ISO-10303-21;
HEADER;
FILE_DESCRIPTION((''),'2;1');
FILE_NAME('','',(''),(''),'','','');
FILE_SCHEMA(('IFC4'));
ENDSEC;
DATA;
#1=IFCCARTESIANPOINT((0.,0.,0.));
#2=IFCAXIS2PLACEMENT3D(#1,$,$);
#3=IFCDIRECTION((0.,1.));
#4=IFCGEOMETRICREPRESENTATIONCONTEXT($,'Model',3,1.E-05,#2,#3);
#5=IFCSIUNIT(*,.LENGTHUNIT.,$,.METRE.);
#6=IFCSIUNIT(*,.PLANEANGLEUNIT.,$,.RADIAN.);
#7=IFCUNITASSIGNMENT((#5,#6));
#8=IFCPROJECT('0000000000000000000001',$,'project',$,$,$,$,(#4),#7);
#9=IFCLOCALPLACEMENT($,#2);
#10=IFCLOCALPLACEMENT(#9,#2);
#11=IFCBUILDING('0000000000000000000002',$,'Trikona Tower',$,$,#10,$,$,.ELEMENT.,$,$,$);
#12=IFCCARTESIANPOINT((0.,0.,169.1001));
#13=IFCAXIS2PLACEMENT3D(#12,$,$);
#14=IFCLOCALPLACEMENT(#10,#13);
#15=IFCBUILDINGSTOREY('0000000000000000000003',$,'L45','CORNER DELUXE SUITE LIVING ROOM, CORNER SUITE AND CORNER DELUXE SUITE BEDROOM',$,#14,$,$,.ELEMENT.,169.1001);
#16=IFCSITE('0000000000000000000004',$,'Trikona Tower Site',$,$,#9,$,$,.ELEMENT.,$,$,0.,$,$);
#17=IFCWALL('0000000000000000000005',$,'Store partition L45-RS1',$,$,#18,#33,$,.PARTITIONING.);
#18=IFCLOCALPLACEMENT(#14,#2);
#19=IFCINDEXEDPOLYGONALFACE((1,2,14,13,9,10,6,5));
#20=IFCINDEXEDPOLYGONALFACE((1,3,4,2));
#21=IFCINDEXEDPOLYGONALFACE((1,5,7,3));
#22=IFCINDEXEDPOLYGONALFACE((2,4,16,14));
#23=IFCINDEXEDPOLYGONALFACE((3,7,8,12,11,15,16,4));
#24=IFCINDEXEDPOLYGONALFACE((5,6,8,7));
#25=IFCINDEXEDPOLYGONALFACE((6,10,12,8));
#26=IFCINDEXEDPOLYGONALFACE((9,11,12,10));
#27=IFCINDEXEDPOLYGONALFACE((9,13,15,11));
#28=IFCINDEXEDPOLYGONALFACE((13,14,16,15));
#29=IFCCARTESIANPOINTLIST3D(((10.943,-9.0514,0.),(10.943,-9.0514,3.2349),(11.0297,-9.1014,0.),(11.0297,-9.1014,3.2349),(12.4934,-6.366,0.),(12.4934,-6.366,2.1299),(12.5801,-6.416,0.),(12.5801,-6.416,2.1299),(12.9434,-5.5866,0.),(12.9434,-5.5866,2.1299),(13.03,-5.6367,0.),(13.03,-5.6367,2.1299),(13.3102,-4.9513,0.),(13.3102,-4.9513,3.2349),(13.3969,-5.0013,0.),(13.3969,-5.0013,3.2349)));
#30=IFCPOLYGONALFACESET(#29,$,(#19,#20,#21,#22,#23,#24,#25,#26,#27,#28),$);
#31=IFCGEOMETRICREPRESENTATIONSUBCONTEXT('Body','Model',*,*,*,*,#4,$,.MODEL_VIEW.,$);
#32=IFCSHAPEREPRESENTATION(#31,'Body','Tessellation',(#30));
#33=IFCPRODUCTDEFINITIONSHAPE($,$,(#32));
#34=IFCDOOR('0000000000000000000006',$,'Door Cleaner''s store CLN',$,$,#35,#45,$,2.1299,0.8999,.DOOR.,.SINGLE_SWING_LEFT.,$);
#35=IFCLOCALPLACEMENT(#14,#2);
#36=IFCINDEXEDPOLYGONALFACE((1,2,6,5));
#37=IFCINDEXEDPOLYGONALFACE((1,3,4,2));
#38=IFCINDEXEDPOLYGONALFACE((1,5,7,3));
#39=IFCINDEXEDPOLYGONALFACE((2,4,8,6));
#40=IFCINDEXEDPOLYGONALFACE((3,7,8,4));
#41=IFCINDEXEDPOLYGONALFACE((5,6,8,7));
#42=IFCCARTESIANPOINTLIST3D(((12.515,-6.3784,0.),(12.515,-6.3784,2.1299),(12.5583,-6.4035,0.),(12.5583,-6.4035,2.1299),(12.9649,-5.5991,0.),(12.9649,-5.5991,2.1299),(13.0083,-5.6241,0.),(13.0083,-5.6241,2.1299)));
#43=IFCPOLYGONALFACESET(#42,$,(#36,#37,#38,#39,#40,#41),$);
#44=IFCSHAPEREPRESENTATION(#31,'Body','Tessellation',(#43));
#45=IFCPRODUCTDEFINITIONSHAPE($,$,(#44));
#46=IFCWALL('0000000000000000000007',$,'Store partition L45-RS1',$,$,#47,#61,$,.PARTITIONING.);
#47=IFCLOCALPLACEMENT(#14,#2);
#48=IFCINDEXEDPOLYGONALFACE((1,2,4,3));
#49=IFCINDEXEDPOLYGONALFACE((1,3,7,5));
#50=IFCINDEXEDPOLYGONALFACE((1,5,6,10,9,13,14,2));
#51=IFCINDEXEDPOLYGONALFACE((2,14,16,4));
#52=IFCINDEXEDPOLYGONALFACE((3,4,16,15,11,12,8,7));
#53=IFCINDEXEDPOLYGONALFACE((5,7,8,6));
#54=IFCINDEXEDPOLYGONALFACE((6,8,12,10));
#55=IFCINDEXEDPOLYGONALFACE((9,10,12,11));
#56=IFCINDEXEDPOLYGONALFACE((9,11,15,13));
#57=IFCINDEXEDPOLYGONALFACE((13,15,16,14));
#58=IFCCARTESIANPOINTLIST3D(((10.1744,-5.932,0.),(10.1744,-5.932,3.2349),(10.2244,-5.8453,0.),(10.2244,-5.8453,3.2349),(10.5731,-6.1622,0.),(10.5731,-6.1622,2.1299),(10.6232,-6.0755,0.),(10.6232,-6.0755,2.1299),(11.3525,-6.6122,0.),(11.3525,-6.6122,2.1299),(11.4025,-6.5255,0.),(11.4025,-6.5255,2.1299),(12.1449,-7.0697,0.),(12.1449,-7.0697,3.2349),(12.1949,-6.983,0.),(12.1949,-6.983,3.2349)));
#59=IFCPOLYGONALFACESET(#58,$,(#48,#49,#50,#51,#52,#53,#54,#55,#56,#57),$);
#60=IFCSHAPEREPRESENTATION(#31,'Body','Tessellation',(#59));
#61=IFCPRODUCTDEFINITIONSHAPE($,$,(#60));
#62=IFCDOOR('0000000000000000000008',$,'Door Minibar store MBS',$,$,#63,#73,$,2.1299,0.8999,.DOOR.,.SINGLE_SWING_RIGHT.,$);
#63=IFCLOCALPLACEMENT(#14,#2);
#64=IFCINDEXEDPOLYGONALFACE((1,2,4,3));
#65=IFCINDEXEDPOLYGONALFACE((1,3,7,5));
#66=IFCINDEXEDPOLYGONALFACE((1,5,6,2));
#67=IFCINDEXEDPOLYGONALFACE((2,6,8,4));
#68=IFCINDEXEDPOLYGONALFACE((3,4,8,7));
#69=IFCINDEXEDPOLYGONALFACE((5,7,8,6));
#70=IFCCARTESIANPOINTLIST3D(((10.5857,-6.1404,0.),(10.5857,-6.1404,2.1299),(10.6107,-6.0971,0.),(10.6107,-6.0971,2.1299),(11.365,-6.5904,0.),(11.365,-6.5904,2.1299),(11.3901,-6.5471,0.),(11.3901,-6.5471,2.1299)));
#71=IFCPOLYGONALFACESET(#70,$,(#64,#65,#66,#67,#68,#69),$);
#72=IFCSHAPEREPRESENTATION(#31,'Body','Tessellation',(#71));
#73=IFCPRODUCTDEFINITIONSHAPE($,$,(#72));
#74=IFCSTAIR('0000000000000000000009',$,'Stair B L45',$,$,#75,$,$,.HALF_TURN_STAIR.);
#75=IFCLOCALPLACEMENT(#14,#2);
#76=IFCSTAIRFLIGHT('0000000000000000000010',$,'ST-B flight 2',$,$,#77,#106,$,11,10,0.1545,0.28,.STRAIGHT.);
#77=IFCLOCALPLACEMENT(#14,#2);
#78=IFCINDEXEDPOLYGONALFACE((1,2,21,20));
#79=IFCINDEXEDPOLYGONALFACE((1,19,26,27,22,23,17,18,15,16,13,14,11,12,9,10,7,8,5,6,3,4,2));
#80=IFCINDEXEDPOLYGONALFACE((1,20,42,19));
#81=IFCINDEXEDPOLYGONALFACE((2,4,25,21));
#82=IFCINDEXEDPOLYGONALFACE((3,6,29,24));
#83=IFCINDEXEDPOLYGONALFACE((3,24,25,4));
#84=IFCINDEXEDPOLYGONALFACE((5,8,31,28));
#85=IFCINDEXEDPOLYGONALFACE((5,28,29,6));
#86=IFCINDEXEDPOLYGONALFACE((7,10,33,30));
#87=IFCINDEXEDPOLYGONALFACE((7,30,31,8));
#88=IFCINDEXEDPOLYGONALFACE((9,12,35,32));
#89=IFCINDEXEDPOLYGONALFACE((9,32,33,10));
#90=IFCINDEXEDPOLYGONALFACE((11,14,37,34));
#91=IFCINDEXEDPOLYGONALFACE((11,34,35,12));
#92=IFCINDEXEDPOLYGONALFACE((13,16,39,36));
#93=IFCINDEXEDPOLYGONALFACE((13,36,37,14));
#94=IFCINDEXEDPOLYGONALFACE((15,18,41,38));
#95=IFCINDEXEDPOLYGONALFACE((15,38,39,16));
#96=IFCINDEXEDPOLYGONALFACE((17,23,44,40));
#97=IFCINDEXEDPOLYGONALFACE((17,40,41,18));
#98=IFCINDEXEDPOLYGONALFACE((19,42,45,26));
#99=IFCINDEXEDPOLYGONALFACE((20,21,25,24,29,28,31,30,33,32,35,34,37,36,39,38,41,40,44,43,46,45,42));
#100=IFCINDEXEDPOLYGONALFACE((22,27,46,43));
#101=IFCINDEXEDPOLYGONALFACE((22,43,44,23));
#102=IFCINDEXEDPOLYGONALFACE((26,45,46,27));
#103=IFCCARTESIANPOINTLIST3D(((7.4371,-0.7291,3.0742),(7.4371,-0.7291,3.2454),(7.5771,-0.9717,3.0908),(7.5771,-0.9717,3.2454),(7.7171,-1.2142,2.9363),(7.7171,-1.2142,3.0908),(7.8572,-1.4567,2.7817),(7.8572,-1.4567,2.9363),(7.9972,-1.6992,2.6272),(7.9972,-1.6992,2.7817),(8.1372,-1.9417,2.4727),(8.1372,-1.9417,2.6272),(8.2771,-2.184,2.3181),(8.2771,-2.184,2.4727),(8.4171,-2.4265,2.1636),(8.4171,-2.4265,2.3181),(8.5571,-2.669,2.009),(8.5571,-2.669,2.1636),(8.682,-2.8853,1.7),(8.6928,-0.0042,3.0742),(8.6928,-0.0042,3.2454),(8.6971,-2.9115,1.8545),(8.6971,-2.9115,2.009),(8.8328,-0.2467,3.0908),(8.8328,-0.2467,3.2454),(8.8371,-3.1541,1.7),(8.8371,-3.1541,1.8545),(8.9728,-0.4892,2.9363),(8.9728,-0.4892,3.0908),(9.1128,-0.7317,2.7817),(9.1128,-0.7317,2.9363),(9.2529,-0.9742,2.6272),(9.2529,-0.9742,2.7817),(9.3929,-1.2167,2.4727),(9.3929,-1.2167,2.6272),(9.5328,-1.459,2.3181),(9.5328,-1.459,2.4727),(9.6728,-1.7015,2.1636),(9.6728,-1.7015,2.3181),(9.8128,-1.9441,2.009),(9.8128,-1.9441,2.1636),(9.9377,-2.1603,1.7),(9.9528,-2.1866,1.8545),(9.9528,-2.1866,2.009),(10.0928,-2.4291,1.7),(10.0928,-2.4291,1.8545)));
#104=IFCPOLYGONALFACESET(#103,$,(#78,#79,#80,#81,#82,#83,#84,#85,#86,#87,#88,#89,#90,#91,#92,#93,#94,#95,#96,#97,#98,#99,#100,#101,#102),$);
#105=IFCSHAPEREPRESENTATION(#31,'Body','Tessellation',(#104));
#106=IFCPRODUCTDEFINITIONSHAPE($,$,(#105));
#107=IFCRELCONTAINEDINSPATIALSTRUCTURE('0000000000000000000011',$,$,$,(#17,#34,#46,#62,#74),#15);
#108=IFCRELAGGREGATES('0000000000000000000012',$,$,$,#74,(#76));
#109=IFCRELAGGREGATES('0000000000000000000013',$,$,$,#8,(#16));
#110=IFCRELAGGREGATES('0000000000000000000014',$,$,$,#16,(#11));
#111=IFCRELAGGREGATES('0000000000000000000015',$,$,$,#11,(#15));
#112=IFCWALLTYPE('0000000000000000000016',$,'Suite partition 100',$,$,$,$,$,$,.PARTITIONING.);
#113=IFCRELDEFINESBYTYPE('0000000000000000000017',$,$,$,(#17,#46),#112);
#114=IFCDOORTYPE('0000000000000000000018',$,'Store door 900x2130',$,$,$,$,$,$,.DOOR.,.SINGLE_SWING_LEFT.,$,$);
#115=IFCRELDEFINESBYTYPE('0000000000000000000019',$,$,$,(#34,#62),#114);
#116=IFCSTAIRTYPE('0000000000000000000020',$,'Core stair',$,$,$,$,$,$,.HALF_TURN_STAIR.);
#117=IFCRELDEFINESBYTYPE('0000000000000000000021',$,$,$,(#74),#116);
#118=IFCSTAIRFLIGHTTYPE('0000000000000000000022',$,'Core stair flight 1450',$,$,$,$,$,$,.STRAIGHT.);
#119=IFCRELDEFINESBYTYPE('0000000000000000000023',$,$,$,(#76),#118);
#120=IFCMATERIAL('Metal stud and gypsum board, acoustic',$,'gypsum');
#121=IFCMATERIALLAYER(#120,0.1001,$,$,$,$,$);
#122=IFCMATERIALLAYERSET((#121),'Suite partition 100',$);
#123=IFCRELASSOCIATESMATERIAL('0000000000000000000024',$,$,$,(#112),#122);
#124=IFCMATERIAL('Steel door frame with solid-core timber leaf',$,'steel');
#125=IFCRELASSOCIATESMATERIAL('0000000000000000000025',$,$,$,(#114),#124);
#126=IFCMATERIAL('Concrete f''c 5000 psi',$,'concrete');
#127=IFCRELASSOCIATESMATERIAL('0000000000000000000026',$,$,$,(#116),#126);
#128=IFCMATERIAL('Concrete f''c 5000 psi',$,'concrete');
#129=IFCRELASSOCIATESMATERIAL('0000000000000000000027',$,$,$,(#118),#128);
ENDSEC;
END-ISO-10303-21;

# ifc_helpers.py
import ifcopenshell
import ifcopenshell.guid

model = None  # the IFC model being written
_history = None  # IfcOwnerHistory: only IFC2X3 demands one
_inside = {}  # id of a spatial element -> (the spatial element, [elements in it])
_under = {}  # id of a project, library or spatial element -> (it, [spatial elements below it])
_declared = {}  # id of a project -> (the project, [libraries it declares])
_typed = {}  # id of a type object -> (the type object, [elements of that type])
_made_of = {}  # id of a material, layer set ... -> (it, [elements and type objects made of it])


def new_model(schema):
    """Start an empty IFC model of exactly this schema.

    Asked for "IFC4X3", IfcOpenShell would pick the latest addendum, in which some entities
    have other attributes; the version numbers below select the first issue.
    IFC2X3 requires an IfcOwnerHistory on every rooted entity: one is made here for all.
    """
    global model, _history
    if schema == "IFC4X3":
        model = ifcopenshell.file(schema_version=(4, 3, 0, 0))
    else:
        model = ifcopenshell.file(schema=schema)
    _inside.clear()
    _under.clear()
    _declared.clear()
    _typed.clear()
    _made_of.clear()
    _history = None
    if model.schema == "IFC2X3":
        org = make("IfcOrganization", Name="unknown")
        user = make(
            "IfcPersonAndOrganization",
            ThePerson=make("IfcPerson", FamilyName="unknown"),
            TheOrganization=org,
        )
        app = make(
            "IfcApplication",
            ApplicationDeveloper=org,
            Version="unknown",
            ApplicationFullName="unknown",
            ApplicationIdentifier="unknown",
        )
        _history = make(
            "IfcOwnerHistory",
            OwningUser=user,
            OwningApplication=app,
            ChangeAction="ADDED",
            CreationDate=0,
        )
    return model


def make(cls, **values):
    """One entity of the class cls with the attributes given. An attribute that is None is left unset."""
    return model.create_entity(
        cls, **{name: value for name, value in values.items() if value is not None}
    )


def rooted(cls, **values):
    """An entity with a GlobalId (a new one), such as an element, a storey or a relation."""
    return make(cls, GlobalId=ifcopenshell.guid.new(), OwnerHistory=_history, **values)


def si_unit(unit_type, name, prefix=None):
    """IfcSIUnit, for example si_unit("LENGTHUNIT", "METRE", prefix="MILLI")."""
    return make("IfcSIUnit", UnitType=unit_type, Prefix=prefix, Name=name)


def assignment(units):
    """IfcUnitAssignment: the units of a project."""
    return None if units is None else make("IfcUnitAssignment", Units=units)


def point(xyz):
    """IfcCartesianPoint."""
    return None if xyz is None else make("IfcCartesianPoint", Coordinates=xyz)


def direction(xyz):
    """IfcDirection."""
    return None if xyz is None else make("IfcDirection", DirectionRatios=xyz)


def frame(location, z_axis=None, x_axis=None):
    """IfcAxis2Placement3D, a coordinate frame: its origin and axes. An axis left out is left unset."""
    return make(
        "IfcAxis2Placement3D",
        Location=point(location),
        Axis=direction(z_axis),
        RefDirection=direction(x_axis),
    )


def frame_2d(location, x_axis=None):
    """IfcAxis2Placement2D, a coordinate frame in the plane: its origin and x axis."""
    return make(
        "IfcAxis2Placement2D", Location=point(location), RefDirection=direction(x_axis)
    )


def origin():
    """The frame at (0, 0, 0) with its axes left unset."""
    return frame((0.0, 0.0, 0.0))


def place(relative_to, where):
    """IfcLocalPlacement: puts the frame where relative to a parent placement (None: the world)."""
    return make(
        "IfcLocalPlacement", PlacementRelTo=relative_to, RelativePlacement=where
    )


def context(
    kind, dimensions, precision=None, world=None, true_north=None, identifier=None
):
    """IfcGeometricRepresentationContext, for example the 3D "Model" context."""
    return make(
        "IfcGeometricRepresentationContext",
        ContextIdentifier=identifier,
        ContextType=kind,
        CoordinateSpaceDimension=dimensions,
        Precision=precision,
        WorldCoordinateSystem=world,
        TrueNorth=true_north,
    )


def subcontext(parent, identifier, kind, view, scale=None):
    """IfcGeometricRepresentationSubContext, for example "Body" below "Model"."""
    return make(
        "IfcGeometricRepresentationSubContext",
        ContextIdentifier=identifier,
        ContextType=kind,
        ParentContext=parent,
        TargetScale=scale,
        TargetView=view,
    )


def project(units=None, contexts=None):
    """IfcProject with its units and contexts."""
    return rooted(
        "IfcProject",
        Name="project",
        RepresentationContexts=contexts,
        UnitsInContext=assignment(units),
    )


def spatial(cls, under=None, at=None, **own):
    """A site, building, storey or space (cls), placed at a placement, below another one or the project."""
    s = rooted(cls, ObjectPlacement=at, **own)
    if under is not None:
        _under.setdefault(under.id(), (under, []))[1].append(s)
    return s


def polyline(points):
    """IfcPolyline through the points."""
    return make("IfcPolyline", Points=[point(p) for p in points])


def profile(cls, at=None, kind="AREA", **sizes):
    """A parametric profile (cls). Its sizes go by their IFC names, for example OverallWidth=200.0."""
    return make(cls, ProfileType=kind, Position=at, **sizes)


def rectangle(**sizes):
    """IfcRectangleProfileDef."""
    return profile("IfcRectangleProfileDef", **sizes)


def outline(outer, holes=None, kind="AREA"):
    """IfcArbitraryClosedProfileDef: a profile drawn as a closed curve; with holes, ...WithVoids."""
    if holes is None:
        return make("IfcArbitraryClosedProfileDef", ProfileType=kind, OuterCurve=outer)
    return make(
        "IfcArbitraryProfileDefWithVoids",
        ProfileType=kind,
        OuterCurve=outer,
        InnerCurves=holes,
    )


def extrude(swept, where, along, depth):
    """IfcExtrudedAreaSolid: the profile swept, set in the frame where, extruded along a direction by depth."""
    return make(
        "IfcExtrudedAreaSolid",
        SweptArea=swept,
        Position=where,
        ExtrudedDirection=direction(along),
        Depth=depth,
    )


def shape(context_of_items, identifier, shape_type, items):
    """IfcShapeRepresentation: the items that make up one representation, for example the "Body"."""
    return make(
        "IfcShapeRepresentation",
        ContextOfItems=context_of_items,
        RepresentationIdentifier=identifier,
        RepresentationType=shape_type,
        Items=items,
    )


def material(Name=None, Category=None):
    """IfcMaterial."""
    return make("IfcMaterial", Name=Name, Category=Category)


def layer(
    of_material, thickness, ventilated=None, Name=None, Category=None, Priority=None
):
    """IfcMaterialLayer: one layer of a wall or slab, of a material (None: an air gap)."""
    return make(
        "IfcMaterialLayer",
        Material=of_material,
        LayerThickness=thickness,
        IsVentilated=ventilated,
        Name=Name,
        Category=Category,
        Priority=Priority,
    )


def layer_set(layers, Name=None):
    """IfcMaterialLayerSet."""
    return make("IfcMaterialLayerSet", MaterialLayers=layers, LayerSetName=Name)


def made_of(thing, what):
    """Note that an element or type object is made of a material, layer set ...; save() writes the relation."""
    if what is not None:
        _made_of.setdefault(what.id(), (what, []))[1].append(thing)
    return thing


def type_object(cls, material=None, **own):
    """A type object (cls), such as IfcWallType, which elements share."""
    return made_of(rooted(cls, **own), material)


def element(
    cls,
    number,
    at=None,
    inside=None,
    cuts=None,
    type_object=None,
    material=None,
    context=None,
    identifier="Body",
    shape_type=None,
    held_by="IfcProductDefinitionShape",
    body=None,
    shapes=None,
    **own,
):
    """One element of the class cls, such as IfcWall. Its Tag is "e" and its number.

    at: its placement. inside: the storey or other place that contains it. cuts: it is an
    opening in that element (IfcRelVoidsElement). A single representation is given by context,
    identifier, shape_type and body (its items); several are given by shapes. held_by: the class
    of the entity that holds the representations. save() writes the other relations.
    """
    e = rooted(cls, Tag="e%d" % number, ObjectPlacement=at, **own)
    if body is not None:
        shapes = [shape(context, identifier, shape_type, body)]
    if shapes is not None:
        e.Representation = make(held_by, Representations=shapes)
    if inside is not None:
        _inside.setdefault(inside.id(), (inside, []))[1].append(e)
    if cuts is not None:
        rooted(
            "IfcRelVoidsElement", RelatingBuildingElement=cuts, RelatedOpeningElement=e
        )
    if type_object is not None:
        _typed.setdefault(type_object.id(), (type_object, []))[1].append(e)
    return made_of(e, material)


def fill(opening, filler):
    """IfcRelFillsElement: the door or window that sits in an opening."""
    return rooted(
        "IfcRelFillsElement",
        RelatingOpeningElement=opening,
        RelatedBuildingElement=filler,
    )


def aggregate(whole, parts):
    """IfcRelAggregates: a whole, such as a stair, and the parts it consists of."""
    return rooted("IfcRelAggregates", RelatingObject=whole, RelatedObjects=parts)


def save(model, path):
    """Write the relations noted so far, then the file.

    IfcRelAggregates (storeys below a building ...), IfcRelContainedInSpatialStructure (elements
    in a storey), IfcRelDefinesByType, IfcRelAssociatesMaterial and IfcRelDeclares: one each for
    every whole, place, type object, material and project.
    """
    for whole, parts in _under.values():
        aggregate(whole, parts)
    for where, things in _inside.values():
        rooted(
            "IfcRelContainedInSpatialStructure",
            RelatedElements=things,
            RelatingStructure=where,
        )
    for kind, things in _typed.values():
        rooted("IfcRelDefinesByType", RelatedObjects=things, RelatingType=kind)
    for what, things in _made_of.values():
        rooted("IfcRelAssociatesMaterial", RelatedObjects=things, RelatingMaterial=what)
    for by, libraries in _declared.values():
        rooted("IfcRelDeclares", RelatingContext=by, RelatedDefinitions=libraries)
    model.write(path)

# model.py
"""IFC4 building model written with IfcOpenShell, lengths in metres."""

from ifc_helpers import new_model, si_unit, direction, frame, frame_2d, origin, place, context, subcontext, project, spatial, polyline, rectangle, outline, extrude, material, layer, layer_set, type_object, element, fill, aggregate, save


model = new_model("IFC4")

# Units and contexts
model_context = context("Model", 3, precision=1e-05, world=origin(), true_north=direction((0.0, 1.0)))
body_context = subcontext(model_context, "Body", "Model", "MODEL_VIEW")
ifc_project = project(units=[si_unit("LENGTHUNIT", "METRE"), si_unit("PLANEANGLEUNIT", "RADIAN")], contexts=[model_context])

# Site, building, storey
site_placement = place(None, origin())
site = spatial("IfcSite", under=ifc_project, at=site_placement, Name="Trikona Tower Site", CompositionType="ELEMENT", RefElevation=0.0)
building_placement = place(site_placement, origin())
building = spatial("IfcBuilding", under=site, at=building_placement, Name="Trikona Tower", CompositionType="ELEMENT")
storey_placement = place(building_placement, frame((0.0, 0.0, 169.1001)))
storey = spatial("IfcBuildingStorey", under=building, at=storey_placement, Name="L45", Description="CORNER DELUXE SUITE LIVING ROOM, CORNER SUITE AND CORNER DELUXE SUITE BEDROOM", CompositionType="ELEMENT", Elevation=169.1001)

# Walls, openings, doors
ifc_material_1 = material(Name="Metal stud and gypsum board, acoustic", Category="gypsum")
ifc_layer_1 = layer(ifc_material_1, 0.1001)
ifc_layer_set_1 = layer_set([ifc_layer_1], Name="Suite partition 100")
wall_type_1 = type_object("IfcWallType", Name="Suite partition 100", PredefinedType="PARTITIONING", material=ifc_layer_set_1)
wall_1_placement = place(storey_placement, frame((13.3535, -4.9763, 0.0), z_axis=(0.0, 0.0, 1.0), x_axis=(-0.499999, -0.866026, 0.0)))
wall_1 = element("IfcWall", 1, at=wall_1_placement, inside=storey, type_object=wall_type_1, Name="Store partition L45-RS1", PredefinedType="PARTITIONING", context=body_context, shape_type="SweptSolid", body=[
    extrude(rectangle(XDim=4.7344, YDim=0.1001, at=frame_2d((2.3672, 0.0))), origin(), (0.0, 0.0, 1.0), 3.2349),
])
opening_1_placement = place(wall_1_placement, frame((0.7336, 0.0, 0.0)))
opening_1 = element("IfcOpeningElement", 2, at=opening_1_placement, cuts=wall_1, PredefinedType="OPENING", context=body_context, shape_type="SweptSolid", body=[
    extrude(rectangle(XDim=0.8999, YDim=2.1299, at=frame_2d((0.45, 1.0649))), frame((0.0, 0.0601, 0.0), z_axis=(0.0, -1.0, 0.0), x_axis=(1.0, 0.0, 0.0)), (0.0, 0.0, 1.0), 0.1201),
])
ifc_material_2 = material(Name="Steel door frame with solid-core timber leaf", Category="steel")
door_type_1 = type_object("IfcDoorType", Name="Store door 900x2130", OperationType="SINGLE_SWING_LEFT", PredefinedType="DOOR", material=ifc_material_2)
door_1_placement = place(opening_1_placement, origin())
door_1 = element("IfcDoor", 3, at=door_1_placement, inside=storey, type_object=door_type_1, Name="Door Cleaner's store CLN", OperationType="SINGLE_SWING_LEFT", OverallHeight=2.1299, OverallWidth=0.8999, PredefinedType="DOOR", context=body_context, shape_type="SweptSolid", body=[
    extrude(rectangle(XDim=0.8999, YDim=2.1299, at=frame_2d((0.45, 1.0649))), frame((0.0, 0.0249, 0.0), z_axis=(0.0, -1.0, 0.0), x_axis=(1.0, 0.0, 0.0)), (0.0, 0.0, 1.0), 0.05),
])
fill(opening_1, door_1)
wall_2_placement = place(storey_placement, frame((12.1699, -7.0264, 0.0), z_axis=(0.0, 0.0, 1.0), x_axis=(-0.866016, 0.500017, 0.0)))
wall_2 = element("IfcWall", 4, at=wall_2_placement, inside=storey, type_object=wall_type_1, Name="Store partition L45-RS1", PredefinedType="PARTITIONING", context=body_context, shape_type="SweptSolid", body=[
    extrude(rectangle(XDim=2.2754, YDim=0.1001, at=frame_2d((1.1377, 0.0))), origin(), (0.0, 0.0, 1.0), 3.2349),
])
opening_2_placement = place(wall_2_placement, frame((0.915, 0.0, 0.0)))
opening_2 = element("IfcOpeningElement", 5, at=opening_2_placement, cuts=wall_2, PredefinedType="OPENING", context=body_context, shape_type="SweptSolid", body=[
    extrude(rectangle(XDim=0.8999, YDim=2.1299, at=frame_2d((0.45, 1.0649))), frame((0.0, 0.0601, 0.0), z_axis=(0.0, -1.0, 0.0), x_axis=(1.0, 0.0, 0.0)), (0.0, 0.0, 1.0), 0.1201),
])
door_2_placement = place(opening_2_placement, origin())
door_2 = element("IfcDoor", 6, at=door_2_placement, inside=storey, type_object=door_type_1, Name="Door Minibar store MBS", OperationType="SINGLE_SWING_RIGHT", OverallHeight=2.1299, OverallWidth=0.8999, PredefinedType="DOOR", context=body_context, shape_type="SweptSolid", body=[
    extrude(rectangle(XDim=0.8999, YDim=2.1299, at=frame_2d((0.45, 1.0649))), frame((0.0, 0.0249, 0.0), z_axis=(0.0, -1.0, 0.0), x_axis=(1.0, 0.0, 0.0)), (0.0, 0.0, 1.0), 0.05),
])
fill(opening_2, door_2)

# Stair, stair flight
ifc_material_3 = material(Name="Concrete f'c 5000 psi", Category="concrete")
stair_type = type_object("IfcStairType", Name="Core stair", PredefinedType="HALF_TURN_STAIR", material=ifc_material_3)
stair_placement = place(storey_placement, origin())
stair = element("IfcStair", 7, at=stair_placement, inside=storey, type_object=stair_type, Name="Stair B L45", PredefinedType="HALF_TURN_STAIR")
ifc_material_4 = material(Name="Concrete f'c 5000 psi", Category="concrete")
stair_flight_type = type_object("IfcStairFlightType", Name="Core stair flight 1450", PredefinedType="STRAIGHT", material=ifc_material_4)
stair_flight_placement = place(storey_placement, frame((9.4651, -2.7915, 1.7), z_axis=(0.0, 0.0, 1.0), x_axis=(-0.5, 0.866025, 0.0)))
stair_flight = element("IfcStairFlight", 8, at=stair_flight_placement, type_object=stair_flight_type, Name="ST-B flight 2", NumberOfRisers=11, NumberOfTreads=10, PredefinedType="STRAIGHT", RiserHeight=0.1545, TreadLength=0.28, context=body_context, shape_type="SweptSolid", body=[
    extrude(outline(polyline([(0.0, 0.0), (0.0, 0.1545), (0.28, 0.1545), (0.28, 0.3091), (0.5601, 0.3091), (0.5601, 0.4636), (0.8401, 0.4636), (0.8401, 0.6182), (1.1201, 0.6182), (1.1201, 0.7727), (1.3999, 0.7727), (1.3999, 0.9272), (1.6799, 0.9272), (1.6799, 1.0818), (1.96, 1.0818), (1.96, 1.2363), (2.24, 1.2363), (2.24, 1.3909), (2.52, 1.3909), (2.52, 1.5454), (2.8, 1.5454), (2.8, 1.7), (2.8, 1.3743), (0.3103, 0.0), (0.0, 0.0)])), frame((0.0, 0.7251, 0.0), z_axis=(0.0, -1.0, 0.0), x_axis=(1.0, 0.0, 0.0)), (0.0, 0.0, 1.0), 1.45),
])
aggregate(stair, [stair_flight])

save(model, "model.ifc")
